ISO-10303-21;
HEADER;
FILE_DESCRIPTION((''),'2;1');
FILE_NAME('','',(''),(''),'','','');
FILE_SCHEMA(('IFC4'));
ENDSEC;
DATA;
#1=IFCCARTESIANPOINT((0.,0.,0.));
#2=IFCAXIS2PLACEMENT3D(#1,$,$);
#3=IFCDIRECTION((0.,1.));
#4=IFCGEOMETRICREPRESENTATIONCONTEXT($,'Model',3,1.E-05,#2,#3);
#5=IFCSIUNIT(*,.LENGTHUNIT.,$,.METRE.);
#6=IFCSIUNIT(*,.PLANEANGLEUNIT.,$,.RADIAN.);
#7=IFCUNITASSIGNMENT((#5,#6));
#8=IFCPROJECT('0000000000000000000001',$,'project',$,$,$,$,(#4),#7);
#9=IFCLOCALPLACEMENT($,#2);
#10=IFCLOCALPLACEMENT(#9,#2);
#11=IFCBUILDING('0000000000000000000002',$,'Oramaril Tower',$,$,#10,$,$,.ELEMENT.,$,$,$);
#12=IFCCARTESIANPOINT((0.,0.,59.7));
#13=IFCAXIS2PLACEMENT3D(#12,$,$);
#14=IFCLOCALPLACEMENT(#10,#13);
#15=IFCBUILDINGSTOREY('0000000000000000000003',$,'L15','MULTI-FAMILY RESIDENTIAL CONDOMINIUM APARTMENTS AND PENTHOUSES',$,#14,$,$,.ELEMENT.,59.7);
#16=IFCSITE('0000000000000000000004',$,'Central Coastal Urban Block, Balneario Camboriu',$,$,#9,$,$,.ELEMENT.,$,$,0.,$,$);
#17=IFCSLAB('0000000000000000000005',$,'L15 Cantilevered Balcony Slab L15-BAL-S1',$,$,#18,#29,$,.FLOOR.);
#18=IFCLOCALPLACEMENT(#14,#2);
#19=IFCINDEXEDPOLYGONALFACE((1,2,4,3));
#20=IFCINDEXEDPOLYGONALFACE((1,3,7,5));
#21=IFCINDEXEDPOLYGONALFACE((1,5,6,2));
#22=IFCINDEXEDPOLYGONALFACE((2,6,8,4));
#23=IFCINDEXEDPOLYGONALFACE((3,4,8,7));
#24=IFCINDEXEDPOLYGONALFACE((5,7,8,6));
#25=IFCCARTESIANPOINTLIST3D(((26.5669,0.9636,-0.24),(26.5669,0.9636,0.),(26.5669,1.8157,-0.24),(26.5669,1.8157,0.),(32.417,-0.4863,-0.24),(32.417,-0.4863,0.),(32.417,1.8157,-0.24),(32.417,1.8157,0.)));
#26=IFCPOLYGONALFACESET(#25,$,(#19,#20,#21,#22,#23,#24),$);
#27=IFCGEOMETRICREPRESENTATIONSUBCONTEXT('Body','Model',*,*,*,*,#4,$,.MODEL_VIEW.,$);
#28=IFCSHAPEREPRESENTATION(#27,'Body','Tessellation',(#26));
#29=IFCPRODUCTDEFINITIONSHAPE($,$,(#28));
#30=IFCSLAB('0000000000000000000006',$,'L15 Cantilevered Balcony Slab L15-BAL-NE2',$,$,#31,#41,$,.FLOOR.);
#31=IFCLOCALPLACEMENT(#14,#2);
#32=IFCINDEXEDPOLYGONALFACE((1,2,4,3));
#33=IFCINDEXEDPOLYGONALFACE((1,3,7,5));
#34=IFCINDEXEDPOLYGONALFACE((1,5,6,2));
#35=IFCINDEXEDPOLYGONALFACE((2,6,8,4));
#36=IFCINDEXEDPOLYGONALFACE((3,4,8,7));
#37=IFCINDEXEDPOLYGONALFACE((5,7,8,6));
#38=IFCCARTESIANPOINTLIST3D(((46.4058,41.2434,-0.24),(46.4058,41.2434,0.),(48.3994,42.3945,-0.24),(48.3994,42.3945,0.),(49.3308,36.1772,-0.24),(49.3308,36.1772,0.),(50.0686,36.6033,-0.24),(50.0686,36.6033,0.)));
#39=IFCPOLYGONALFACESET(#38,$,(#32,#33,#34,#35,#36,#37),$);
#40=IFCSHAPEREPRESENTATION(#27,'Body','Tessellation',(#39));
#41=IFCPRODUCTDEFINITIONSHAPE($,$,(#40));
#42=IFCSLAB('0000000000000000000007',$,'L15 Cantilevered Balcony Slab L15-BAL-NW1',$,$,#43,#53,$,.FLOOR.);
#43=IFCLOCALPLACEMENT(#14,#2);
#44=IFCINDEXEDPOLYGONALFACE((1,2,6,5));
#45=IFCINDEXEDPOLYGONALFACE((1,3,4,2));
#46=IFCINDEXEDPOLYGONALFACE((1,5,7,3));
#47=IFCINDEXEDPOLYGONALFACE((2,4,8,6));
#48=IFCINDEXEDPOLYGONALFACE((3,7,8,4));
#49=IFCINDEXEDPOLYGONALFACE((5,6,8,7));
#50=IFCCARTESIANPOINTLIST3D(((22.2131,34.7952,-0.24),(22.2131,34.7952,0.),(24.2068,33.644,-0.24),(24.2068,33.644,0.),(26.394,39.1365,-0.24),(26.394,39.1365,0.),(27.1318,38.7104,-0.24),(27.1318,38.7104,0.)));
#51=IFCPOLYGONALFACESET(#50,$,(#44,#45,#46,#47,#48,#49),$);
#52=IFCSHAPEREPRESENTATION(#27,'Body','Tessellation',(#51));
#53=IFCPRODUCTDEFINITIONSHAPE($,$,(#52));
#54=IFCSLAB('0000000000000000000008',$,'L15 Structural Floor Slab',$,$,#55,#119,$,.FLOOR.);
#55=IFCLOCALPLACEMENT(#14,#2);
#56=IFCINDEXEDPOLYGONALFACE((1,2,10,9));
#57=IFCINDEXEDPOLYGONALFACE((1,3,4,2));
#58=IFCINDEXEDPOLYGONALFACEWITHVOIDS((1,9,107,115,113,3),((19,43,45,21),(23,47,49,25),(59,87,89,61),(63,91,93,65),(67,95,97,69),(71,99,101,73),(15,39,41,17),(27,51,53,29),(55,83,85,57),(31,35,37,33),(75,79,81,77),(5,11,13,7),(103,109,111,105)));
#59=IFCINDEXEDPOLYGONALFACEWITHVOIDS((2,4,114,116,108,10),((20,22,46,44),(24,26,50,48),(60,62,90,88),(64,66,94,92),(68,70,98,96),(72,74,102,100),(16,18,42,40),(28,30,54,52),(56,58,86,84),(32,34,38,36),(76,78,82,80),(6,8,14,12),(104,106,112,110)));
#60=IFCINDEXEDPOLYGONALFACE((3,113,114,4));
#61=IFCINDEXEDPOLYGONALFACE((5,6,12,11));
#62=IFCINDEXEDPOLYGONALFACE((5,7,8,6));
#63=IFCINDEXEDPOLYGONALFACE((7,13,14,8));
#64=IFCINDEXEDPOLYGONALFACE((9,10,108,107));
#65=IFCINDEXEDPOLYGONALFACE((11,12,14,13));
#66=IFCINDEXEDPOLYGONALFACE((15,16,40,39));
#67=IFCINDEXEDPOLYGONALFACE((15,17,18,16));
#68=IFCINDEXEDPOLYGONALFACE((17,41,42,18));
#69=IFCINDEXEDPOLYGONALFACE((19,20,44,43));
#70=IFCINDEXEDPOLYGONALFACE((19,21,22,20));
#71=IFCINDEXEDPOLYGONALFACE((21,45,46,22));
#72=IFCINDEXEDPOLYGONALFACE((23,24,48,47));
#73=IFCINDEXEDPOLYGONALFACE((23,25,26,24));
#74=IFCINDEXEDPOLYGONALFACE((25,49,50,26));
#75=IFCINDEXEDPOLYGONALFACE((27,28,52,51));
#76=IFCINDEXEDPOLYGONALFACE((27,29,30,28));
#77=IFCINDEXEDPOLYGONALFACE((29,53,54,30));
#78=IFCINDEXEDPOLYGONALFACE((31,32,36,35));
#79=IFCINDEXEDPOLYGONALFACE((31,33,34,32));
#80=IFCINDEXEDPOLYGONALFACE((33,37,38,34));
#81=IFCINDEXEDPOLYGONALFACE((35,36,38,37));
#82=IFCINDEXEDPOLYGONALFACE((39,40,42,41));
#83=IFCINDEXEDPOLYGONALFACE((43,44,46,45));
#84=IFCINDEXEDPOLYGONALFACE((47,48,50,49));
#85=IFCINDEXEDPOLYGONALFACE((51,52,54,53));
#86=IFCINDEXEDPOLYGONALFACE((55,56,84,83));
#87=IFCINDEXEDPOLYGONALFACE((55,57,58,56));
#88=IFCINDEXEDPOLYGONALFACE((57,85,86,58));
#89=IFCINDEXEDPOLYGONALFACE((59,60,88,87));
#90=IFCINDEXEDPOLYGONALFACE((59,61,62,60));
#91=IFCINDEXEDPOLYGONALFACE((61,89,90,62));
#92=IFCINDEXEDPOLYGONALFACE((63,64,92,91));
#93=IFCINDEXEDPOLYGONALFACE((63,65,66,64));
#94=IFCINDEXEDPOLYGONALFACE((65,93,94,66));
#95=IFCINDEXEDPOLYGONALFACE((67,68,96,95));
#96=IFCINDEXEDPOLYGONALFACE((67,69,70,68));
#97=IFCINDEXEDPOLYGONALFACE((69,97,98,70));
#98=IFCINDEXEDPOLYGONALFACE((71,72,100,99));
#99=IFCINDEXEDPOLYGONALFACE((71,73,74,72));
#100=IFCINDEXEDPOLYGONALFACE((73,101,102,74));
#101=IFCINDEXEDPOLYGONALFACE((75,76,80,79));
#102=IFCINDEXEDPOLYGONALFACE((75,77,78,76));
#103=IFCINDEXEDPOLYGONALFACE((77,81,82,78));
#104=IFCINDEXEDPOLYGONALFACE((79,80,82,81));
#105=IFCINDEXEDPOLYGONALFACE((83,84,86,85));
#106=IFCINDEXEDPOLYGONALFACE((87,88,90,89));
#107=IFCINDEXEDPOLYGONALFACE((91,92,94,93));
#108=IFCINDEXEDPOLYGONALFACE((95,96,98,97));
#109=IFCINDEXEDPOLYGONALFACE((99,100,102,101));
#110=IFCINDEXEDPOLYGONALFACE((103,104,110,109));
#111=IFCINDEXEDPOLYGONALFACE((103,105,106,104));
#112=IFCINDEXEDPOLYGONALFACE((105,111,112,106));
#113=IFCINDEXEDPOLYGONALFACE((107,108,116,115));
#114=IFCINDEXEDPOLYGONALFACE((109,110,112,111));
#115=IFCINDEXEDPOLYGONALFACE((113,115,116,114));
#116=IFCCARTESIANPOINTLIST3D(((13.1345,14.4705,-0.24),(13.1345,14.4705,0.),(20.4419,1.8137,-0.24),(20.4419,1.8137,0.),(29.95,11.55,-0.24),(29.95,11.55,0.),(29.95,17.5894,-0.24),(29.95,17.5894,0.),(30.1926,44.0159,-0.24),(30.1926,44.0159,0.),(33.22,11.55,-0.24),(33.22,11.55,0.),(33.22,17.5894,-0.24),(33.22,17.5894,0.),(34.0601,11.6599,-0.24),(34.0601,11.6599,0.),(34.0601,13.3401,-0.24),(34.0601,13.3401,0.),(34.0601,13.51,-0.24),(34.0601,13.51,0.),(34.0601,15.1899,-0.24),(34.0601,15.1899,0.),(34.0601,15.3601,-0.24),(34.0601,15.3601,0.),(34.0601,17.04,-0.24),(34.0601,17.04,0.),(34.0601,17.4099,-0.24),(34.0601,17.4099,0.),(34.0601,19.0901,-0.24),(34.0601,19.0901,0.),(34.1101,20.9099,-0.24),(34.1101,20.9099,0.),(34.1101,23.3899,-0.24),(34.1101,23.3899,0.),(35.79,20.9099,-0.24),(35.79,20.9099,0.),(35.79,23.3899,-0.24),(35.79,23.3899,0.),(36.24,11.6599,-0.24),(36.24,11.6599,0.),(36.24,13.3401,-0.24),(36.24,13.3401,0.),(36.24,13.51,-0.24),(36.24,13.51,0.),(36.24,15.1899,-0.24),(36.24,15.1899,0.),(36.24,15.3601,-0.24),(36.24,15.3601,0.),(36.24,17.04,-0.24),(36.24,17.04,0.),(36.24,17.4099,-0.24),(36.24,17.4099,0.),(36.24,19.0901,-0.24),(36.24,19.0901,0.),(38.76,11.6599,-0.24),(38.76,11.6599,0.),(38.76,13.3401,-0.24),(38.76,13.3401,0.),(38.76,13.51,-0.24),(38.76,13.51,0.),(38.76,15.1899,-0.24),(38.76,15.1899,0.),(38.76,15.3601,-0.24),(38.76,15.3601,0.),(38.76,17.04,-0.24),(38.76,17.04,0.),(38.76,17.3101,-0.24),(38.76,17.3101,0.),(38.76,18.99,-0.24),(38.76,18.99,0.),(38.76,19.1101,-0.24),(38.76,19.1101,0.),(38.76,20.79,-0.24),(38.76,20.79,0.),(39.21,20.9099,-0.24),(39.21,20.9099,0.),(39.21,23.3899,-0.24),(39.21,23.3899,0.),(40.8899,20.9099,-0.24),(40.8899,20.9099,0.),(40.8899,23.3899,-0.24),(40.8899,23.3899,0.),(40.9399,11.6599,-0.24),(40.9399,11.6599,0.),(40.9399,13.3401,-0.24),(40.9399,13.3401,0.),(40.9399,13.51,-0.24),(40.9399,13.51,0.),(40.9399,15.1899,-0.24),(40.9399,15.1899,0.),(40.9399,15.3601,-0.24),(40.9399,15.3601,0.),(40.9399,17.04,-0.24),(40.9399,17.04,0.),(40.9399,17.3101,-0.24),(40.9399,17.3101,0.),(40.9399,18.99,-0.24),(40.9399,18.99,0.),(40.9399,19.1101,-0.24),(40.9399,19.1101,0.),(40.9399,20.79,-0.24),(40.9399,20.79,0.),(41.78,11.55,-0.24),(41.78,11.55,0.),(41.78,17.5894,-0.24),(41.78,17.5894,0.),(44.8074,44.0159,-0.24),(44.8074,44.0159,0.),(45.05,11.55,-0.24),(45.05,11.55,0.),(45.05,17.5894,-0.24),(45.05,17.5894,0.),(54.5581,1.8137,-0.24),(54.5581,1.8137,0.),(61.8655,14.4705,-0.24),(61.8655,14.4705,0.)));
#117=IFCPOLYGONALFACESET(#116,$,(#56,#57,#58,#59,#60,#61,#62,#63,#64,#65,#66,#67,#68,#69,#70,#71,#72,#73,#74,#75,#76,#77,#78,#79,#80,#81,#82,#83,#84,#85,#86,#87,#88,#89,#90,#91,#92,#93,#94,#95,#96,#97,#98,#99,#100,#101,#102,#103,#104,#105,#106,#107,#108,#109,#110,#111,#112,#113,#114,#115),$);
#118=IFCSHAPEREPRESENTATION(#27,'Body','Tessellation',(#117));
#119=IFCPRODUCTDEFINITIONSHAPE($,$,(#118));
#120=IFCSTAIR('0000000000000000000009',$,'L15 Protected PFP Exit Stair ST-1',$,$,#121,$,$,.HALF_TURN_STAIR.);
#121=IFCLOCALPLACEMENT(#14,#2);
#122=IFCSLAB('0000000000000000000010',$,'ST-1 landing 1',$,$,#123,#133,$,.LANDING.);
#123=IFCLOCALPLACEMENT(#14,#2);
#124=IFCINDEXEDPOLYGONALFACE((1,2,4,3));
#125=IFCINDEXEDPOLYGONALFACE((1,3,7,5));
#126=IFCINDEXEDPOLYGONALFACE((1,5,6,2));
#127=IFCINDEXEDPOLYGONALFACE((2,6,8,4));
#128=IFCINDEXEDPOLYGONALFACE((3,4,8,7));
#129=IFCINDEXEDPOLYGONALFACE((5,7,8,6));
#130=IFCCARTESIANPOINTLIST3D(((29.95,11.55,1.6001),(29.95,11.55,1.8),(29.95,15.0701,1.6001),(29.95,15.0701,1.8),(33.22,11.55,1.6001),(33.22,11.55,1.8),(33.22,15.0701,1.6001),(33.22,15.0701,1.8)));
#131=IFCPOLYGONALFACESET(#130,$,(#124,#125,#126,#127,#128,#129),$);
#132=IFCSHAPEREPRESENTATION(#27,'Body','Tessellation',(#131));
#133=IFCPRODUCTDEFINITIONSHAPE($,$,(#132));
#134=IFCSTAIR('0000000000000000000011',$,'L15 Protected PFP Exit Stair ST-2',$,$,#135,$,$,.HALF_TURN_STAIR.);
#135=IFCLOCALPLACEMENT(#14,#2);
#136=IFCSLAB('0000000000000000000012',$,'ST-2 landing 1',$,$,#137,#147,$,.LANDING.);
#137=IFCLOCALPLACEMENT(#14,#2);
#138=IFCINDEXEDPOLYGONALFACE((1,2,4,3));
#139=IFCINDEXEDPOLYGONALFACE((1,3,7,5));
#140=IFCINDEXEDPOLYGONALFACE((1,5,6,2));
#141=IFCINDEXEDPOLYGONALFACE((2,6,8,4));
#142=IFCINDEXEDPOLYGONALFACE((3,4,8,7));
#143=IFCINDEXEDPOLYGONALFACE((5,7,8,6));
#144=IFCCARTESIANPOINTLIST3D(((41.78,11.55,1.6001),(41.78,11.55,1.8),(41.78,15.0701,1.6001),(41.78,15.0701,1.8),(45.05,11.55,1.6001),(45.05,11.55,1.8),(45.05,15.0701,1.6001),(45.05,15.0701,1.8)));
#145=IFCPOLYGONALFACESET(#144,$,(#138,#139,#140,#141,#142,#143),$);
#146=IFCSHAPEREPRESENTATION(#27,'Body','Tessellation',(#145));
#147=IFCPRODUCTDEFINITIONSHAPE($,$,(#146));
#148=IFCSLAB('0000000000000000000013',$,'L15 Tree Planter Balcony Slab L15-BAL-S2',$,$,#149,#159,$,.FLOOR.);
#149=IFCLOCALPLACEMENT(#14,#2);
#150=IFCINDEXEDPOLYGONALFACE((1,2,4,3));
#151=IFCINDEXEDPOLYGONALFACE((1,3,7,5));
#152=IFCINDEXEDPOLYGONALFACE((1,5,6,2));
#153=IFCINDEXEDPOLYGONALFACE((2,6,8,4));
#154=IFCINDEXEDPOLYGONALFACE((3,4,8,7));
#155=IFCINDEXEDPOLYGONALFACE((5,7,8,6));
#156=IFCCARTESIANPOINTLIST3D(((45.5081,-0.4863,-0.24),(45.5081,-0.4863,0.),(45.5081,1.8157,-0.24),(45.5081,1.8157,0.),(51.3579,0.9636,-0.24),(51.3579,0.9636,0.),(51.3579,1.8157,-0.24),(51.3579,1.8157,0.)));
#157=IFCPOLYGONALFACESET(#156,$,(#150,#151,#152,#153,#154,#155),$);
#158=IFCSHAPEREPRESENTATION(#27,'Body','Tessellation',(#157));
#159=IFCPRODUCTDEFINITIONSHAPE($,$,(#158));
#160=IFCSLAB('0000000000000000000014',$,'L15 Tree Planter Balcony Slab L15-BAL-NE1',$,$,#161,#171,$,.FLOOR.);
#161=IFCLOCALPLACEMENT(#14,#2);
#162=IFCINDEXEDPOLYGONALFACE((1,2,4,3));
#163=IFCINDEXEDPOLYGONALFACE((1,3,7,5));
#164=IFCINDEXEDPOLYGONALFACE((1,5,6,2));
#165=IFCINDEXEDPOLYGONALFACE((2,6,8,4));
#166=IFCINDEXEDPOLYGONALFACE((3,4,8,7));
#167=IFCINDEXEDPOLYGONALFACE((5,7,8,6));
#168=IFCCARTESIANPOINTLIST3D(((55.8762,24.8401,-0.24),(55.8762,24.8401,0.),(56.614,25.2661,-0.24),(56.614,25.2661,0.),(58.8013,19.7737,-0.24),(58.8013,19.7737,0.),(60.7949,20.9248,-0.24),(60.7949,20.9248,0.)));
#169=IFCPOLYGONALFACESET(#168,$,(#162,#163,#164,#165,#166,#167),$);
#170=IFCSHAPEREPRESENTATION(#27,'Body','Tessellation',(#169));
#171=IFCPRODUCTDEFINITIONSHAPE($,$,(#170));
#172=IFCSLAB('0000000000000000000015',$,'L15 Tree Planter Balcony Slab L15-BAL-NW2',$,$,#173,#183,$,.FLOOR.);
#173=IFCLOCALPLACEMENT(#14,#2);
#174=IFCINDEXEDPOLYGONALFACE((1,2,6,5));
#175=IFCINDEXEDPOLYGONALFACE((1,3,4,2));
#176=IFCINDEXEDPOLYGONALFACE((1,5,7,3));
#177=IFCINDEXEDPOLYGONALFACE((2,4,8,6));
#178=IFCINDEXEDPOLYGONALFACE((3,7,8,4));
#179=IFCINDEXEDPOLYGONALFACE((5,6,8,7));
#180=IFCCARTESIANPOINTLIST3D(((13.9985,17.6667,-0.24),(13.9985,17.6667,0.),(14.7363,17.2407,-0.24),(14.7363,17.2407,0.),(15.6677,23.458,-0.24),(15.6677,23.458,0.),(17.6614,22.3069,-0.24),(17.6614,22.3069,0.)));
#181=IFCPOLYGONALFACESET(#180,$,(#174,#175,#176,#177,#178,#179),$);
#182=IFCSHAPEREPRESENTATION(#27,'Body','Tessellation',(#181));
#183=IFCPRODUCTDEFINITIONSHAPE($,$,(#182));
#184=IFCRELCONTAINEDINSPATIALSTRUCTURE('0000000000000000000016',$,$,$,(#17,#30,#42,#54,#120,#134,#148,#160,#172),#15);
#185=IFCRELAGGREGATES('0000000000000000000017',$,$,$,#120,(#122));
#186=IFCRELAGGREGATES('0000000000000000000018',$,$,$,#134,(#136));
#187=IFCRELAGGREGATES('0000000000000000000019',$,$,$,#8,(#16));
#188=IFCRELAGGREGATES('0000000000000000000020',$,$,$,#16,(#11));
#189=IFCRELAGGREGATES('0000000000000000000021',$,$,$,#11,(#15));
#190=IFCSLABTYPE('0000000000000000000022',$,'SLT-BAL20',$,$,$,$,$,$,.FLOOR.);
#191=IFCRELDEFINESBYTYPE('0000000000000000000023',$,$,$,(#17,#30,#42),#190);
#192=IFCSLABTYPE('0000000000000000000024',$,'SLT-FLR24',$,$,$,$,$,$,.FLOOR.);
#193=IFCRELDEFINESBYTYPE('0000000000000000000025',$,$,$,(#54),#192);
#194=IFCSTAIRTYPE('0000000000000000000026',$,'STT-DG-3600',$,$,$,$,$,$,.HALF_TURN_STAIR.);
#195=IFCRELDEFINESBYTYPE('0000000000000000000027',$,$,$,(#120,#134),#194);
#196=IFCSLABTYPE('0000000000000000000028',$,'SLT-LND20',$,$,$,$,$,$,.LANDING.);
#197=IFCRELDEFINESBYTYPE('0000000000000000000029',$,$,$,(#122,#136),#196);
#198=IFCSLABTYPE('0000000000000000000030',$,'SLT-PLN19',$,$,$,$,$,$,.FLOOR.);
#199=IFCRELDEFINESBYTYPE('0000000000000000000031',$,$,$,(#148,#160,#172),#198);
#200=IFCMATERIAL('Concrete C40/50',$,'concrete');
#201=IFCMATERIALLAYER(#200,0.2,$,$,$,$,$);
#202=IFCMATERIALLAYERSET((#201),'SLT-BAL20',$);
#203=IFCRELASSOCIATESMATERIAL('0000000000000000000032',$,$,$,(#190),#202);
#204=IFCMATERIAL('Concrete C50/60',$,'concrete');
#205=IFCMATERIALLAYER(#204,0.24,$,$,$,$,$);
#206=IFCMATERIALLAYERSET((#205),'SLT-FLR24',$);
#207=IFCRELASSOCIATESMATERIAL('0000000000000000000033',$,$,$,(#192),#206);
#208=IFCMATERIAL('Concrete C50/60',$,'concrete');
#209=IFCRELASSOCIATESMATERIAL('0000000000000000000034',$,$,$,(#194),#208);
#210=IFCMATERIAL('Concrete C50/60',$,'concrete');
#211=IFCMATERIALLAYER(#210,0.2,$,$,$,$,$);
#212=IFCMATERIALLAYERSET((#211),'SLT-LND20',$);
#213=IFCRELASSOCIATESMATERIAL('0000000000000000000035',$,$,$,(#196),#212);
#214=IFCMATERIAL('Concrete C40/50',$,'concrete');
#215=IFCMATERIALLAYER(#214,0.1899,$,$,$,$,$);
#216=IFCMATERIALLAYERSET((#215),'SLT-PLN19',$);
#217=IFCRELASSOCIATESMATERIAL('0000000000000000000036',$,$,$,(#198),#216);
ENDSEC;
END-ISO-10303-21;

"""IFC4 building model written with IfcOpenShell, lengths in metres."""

from ifc_helpers import new_model, si_unit, direction, frame, origin, place, context, subcontext, project, spatial, polyline, outline, extrude, material, layer, layer_set, type_object, element, aggregate, save


model = new_model("IFC4")

# Units and contexts
model_context = context("Model", 3, precision=1e-05, world=origin(), true_north=direction((0.0, 1.0)))
body_context = subcontext(model_context, "Body", "Model", "MODEL_VIEW")
ifc_project = project(units=[si_unit("LENGTHUNIT", "METRE"), si_unit("PLANEANGLEUNIT", "RADIAN")], contexts=[model_context])

# Site, building, storey
site_placement = place(None, origin())
site = spatial("IfcSite", under=ifc_project, at=site_placement, Name="Central Coastal Urban Block, Balneario Camboriu", CompositionType="ELEMENT", RefElevation=0.0)
building_placement = place(site_placement, origin())
building = spatial("IfcBuilding", under=site, at=building_placement, Name="Oramaril Tower", CompositionType="ELEMENT")
storey_placement = place(building_placement, frame((0.0, 0.0, 59.7)))
storey = spatial("IfcBuildingStorey", under=building, at=storey_placement, Name="L15", Description="MULTI-FAMILY RESIDENTIAL CONDOMINIUM APARTMENTS AND PENTHOUSES", CompositionType="ELEMENT", Elevation=59.7)

# Slabs
ifc_material_1 = material(Name="Concrete C40/50", Category="concrete")
ifc_layer_1 = layer(ifc_material_1, 0.2)
ifc_layer_set_1 = layer_set([ifc_layer_1], Name="SLT-BAL20")
slab_type_1 = type_object("IfcSlabType", Name="SLT-BAL20", PredefinedType="FLOOR", material=ifc_layer_set_1)
slab_1_placement = place(storey_placement, frame((0.0, 0.0, -0.24)))
element("IfcSlab", 1, at=slab_1_placement, inside=storey, type_object=slab_type_1, Name="L15 Cantilevered Balcony Slab L15-BAL-S1", PredefinedType="FLOOR", context=body_context, shape_type="SweptSolid", body=[
    extrude(outline(polyline([(26.5669, 1.8157), (32.417, 1.8157), (32.417, -0.4863), (26.5669, 0.9636), (26.5669, 1.8157)])), origin(), (0.0, 0.0, 1.0), 0.24),
])
slab_2_placement = place(storey_placement, frame((0.0, 0.0, -0.24)))
element("IfcSlab", 2, at=slab_2_placement, inside=storey, type_object=slab_type_1, Name="L15 Cantilevered Balcony Slab L15-BAL-NE2", PredefinedType="FLOOR", context=body_context, shape_type="SweptSolid", body=[
    extrude(outline(polyline([(49.3308, 36.1772), (46.4058, 41.2434), (48.3994, 42.3945), (50.0686, 36.6033), (49.3308, 36.1772)])), origin(), (0.0, 0.0, 1.0), 0.24),
])
slab_3_placement = place(storey_placement, frame((0.0, 0.0, -0.24)))
element("IfcSlab", 3, at=slab_3_placement, inside=storey, type_object=slab_type_1, Name="L15 Cantilevered Balcony Slab L15-BAL-NW1", PredefinedType="FLOOR", context=body_context, shape_type="SweptSolid", body=[
    extrude(outline(polyline([(27.1318, 38.7104), (24.2068, 33.644), (22.2131, 34.7952), (26.394, 39.1365), (27.1318, 38.7104)])), origin(), (0.0, 0.0, 1.0), 0.24),
])
ifc_material_2 = material(Name="Concrete C50/60", Category="concrete")
ifc_layer_2 = layer(ifc_material_2, 0.24)
ifc_layer_set_2 = layer_set([ifc_layer_2], Name="SLT-FLR24")
slab_type_2 = type_object("IfcSlabType", Name="SLT-FLR24", PredefinedType="FLOOR", material=ifc_layer_set_2)
slab_4_placement = place(storey_placement, frame((0.0, 0.0, -0.24)))
element("IfcSlab", 4, at=slab_4_placement, inside=storey, type_object=slab_type_2, Name="L15 Structural Floor Slab", PredefinedType="FLOOR", context=body_context, shape_type="SweptSolid", body=[
    extrude(outline(polyline([(13.1345, 14.4705), (20.4419, 1.8137), (54.5581, 1.8137), (61.8655, 14.4705), (44.8074, 44.0159), (30.1926, 44.0159), (13.1345, 14.4705)]), holes=[polyline([(29.95, 17.5894), (29.95, 11.55), (33.22, 11.55), (33.22, 17.5894), (29.95, 17.5894)]), polyline([(41.78, 17.5894), (41.78, 11.55), (45.05, 11.55), (45.05, 17.5894), (41.78, 17.5894)]), polyline([(34.1101, 20.9099), (35.79, 20.9099), (35.79, 23.3899), (34.1101, 23.3899), (34.1101, 20.9099)]), polyline([(39.21, 20.9099), (40.8899, 20.9099), (40.8899, 23.3899), (39.21, 23.3899), (39.21, 20.9099)]), polyline([(34.0601, 11.6599), (36.24, 11.6599), (36.24, 13.3401), (34.0601, 13.3401), (34.0601, 11.6599)]), polyline([(34.0601, 13.51), (36.24, 13.51), (36.24, 15.1899), (34.0601, 15.1899), (34.0601, 13.51)]), polyline([(34.0601, 15.3601), (36.24, 15.3601), (36.24, 17.04), (34.0601, 17.04), (34.0601, 15.3601)]), polyline([(38.76, 11.6599), (40.9399, 11.6599), (40.9399, 13.3401), (38.76, 13.3401), (38.76, 11.6599)]), polyline([(38.76, 13.51), (40.9399, 13.51), (40.9399, 15.1899), (38.76, 15.1899), (38.76, 13.51)]), polyline([(38.76, 15.3601), (40.9399, 15.3601), (40.9399, 17.04), (38.76, 17.04), (38.76, 15.3601)]), polyline([(34.0601, 17.4099), (36.24, 17.4099), (36.24, 19.0901), (34.0601, 19.0901), (34.0601, 17.4099)]), polyline([(38.76, 17.3101), (40.9399, 17.3101), (40.9399, 18.99), (38.76, 18.99), (38.76, 17.3101)]), polyline([(38.76, 19.1101), (40.9399, 19.1101), (40.9399, 20.79), (38.76, 20.79), (38.76, 19.1101)])]), origin(), (0.0, 0.0, 1.0), 0.24),
])

# Stairs, slabs
ifc_material_3 = material(Name="Concrete C50/60", Category="concrete")
stair_type = type_object("IfcStairType", Name="STT-DG-3600", PredefinedType="HALF_TURN_STAIR", material=ifc_material_3)
stair_1_placement = place(storey_placement, origin())
stair_1 = element("IfcStair", 5, at=stair_1_placement, inside=storey, type_object=stair_type, Name="L15 Protected PFP Exit Stair ST-1", PredefinedType="HALF_TURN_STAIR")
ifc_material_4 = material(Name="Concrete C50/60", Category="concrete")
ifc_layer_3 = layer(ifc_material_4, 0.2)
ifc_layer_set_3 = layer_set([ifc_layer_3], Name="SLT-LND20")
slab_type_3 = type_object("IfcSlabType", Name="SLT-LND20", PredefinedType="LANDING", material=ifc_layer_set_3)
slab_5_placement = place(storey_placement, frame((0.0, 0.0, 1.6001)))
slab_5 = element("IfcSlab", 6, at=slab_5_placement, type_object=slab_type_3, Name="ST-1 landing 1", PredefinedType="LANDING", context=body_context, shape_type="SweptSolid", body=[
    extrude(outline(polyline([(29.95, 15.0701), (29.95, 11.55), (33.22, 11.55), (33.22, 15.0701), (29.95, 15.0701)])), origin(), (0.0, 0.0, 1.0), 0.2),
])
aggregate(stair_1, [slab_5])
stair_2_placement = place(storey_placement, origin())
stair_2 = element("IfcStair", 7, at=stair_2_placement, inside=storey, type_object=stair_type, Name="L15 Protected PFP Exit Stair ST-2", PredefinedType="HALF_TURN_STAIR")
slab_6_placement = place(storey_placement, frame((0.0, 0.0, 1.6001)))
slab_6 = element("IfcSlab", 8, at=slab_6_placement, type_object=slab_type_3, Name="ST-2 landing 1", PredefinedType="LANDING", context=body_context, shape_type="SweptSolid", body=[
    extrude(outline(polyline([(41.78, 15.0701), (41.78, 11.55), (45.05, 11.55), (45.05, 15.0701), (41.78, 15.0701)])), origin(), (0.0, 0.0, 1.0), 0.2),
])
aggregate(stair_2, [slab_6])

# Slabs
ifc_material_5 = material(Name="Concrete C40/50", Category="concrete")
ifc_layer_4 = layer(ifc_material_5, 0.1899)
ifc_layer_set_4 = layer_set([ifc_layer_4], Name="SLT-PLN19")
slab_type_4 = type_object("IfcSlabType", Name="SLT-PLN19", PredefinedType="FLOOR", material=ifc_layer_set_4)
slab_7_placement = place(storey_placement, frame((0.0, 0.0, -0.24)))
element("IfcSlab", 9, at=slab_7_placement, inside=storey, type_object=slab_type_4, Name="L15 Tree Planter Balcony Slab L15-BAL-S2", PredefinedType="FLOOR", context=body_context, shape_type="SweptSolid", body=[
    extrude(outline(polyline([(45.5081, 1.8157), (51.3579, 1.8157), (51.3579, 0.9636), (45.5081, -0.4863), (45.5081, 1.8157)])), origin(), (0.0, 0.0, 1.0), 0.24),
])
slab_8_placement = place(storey_placement, frame((0.0, 0.0, -0.24)))
element("IfcSlab", 10, at=slab_8_placement, inside=storey, type_object=slab_type_4, Name="L15 Tree Planter Balcony Slab L15-BAL-NE1", PredefinedType="FLOOR", context=body_context, shape_type="SweptSolid", body=[
    extrude(outline(polyline([(58.8013, 19.7737), (55.8762, 24.8401), (56.614, 25.2661), (60.7949, 20.9248), (58.8013, 19.7737)])), origin(), (0.0, 0.0, 1.0), 0.24),
])
slab_9_placement = place(storey_placement, frame((0.0, 0.0, -0.24)))
element("IfcSlab", 11, at=slab_9_placement, inside=storey, type_object=slab_type_4, Name="L15 Tree Planter Balcony Slab L15-BAL-NW2", PredefinedType="FLOOR", context=body_context, shape_type="SweptSolid", body=[
    extrude(outline(polyline([(17.6614, 22.3069), (14.7363, 17.2407), (13.9985, 17.6667), (15.6677, 23.458), (17.6614, 22.3069)])), origin(), (0.0, 0.0, 1.0), 0.24),
])

save(model, "model.ifc")
